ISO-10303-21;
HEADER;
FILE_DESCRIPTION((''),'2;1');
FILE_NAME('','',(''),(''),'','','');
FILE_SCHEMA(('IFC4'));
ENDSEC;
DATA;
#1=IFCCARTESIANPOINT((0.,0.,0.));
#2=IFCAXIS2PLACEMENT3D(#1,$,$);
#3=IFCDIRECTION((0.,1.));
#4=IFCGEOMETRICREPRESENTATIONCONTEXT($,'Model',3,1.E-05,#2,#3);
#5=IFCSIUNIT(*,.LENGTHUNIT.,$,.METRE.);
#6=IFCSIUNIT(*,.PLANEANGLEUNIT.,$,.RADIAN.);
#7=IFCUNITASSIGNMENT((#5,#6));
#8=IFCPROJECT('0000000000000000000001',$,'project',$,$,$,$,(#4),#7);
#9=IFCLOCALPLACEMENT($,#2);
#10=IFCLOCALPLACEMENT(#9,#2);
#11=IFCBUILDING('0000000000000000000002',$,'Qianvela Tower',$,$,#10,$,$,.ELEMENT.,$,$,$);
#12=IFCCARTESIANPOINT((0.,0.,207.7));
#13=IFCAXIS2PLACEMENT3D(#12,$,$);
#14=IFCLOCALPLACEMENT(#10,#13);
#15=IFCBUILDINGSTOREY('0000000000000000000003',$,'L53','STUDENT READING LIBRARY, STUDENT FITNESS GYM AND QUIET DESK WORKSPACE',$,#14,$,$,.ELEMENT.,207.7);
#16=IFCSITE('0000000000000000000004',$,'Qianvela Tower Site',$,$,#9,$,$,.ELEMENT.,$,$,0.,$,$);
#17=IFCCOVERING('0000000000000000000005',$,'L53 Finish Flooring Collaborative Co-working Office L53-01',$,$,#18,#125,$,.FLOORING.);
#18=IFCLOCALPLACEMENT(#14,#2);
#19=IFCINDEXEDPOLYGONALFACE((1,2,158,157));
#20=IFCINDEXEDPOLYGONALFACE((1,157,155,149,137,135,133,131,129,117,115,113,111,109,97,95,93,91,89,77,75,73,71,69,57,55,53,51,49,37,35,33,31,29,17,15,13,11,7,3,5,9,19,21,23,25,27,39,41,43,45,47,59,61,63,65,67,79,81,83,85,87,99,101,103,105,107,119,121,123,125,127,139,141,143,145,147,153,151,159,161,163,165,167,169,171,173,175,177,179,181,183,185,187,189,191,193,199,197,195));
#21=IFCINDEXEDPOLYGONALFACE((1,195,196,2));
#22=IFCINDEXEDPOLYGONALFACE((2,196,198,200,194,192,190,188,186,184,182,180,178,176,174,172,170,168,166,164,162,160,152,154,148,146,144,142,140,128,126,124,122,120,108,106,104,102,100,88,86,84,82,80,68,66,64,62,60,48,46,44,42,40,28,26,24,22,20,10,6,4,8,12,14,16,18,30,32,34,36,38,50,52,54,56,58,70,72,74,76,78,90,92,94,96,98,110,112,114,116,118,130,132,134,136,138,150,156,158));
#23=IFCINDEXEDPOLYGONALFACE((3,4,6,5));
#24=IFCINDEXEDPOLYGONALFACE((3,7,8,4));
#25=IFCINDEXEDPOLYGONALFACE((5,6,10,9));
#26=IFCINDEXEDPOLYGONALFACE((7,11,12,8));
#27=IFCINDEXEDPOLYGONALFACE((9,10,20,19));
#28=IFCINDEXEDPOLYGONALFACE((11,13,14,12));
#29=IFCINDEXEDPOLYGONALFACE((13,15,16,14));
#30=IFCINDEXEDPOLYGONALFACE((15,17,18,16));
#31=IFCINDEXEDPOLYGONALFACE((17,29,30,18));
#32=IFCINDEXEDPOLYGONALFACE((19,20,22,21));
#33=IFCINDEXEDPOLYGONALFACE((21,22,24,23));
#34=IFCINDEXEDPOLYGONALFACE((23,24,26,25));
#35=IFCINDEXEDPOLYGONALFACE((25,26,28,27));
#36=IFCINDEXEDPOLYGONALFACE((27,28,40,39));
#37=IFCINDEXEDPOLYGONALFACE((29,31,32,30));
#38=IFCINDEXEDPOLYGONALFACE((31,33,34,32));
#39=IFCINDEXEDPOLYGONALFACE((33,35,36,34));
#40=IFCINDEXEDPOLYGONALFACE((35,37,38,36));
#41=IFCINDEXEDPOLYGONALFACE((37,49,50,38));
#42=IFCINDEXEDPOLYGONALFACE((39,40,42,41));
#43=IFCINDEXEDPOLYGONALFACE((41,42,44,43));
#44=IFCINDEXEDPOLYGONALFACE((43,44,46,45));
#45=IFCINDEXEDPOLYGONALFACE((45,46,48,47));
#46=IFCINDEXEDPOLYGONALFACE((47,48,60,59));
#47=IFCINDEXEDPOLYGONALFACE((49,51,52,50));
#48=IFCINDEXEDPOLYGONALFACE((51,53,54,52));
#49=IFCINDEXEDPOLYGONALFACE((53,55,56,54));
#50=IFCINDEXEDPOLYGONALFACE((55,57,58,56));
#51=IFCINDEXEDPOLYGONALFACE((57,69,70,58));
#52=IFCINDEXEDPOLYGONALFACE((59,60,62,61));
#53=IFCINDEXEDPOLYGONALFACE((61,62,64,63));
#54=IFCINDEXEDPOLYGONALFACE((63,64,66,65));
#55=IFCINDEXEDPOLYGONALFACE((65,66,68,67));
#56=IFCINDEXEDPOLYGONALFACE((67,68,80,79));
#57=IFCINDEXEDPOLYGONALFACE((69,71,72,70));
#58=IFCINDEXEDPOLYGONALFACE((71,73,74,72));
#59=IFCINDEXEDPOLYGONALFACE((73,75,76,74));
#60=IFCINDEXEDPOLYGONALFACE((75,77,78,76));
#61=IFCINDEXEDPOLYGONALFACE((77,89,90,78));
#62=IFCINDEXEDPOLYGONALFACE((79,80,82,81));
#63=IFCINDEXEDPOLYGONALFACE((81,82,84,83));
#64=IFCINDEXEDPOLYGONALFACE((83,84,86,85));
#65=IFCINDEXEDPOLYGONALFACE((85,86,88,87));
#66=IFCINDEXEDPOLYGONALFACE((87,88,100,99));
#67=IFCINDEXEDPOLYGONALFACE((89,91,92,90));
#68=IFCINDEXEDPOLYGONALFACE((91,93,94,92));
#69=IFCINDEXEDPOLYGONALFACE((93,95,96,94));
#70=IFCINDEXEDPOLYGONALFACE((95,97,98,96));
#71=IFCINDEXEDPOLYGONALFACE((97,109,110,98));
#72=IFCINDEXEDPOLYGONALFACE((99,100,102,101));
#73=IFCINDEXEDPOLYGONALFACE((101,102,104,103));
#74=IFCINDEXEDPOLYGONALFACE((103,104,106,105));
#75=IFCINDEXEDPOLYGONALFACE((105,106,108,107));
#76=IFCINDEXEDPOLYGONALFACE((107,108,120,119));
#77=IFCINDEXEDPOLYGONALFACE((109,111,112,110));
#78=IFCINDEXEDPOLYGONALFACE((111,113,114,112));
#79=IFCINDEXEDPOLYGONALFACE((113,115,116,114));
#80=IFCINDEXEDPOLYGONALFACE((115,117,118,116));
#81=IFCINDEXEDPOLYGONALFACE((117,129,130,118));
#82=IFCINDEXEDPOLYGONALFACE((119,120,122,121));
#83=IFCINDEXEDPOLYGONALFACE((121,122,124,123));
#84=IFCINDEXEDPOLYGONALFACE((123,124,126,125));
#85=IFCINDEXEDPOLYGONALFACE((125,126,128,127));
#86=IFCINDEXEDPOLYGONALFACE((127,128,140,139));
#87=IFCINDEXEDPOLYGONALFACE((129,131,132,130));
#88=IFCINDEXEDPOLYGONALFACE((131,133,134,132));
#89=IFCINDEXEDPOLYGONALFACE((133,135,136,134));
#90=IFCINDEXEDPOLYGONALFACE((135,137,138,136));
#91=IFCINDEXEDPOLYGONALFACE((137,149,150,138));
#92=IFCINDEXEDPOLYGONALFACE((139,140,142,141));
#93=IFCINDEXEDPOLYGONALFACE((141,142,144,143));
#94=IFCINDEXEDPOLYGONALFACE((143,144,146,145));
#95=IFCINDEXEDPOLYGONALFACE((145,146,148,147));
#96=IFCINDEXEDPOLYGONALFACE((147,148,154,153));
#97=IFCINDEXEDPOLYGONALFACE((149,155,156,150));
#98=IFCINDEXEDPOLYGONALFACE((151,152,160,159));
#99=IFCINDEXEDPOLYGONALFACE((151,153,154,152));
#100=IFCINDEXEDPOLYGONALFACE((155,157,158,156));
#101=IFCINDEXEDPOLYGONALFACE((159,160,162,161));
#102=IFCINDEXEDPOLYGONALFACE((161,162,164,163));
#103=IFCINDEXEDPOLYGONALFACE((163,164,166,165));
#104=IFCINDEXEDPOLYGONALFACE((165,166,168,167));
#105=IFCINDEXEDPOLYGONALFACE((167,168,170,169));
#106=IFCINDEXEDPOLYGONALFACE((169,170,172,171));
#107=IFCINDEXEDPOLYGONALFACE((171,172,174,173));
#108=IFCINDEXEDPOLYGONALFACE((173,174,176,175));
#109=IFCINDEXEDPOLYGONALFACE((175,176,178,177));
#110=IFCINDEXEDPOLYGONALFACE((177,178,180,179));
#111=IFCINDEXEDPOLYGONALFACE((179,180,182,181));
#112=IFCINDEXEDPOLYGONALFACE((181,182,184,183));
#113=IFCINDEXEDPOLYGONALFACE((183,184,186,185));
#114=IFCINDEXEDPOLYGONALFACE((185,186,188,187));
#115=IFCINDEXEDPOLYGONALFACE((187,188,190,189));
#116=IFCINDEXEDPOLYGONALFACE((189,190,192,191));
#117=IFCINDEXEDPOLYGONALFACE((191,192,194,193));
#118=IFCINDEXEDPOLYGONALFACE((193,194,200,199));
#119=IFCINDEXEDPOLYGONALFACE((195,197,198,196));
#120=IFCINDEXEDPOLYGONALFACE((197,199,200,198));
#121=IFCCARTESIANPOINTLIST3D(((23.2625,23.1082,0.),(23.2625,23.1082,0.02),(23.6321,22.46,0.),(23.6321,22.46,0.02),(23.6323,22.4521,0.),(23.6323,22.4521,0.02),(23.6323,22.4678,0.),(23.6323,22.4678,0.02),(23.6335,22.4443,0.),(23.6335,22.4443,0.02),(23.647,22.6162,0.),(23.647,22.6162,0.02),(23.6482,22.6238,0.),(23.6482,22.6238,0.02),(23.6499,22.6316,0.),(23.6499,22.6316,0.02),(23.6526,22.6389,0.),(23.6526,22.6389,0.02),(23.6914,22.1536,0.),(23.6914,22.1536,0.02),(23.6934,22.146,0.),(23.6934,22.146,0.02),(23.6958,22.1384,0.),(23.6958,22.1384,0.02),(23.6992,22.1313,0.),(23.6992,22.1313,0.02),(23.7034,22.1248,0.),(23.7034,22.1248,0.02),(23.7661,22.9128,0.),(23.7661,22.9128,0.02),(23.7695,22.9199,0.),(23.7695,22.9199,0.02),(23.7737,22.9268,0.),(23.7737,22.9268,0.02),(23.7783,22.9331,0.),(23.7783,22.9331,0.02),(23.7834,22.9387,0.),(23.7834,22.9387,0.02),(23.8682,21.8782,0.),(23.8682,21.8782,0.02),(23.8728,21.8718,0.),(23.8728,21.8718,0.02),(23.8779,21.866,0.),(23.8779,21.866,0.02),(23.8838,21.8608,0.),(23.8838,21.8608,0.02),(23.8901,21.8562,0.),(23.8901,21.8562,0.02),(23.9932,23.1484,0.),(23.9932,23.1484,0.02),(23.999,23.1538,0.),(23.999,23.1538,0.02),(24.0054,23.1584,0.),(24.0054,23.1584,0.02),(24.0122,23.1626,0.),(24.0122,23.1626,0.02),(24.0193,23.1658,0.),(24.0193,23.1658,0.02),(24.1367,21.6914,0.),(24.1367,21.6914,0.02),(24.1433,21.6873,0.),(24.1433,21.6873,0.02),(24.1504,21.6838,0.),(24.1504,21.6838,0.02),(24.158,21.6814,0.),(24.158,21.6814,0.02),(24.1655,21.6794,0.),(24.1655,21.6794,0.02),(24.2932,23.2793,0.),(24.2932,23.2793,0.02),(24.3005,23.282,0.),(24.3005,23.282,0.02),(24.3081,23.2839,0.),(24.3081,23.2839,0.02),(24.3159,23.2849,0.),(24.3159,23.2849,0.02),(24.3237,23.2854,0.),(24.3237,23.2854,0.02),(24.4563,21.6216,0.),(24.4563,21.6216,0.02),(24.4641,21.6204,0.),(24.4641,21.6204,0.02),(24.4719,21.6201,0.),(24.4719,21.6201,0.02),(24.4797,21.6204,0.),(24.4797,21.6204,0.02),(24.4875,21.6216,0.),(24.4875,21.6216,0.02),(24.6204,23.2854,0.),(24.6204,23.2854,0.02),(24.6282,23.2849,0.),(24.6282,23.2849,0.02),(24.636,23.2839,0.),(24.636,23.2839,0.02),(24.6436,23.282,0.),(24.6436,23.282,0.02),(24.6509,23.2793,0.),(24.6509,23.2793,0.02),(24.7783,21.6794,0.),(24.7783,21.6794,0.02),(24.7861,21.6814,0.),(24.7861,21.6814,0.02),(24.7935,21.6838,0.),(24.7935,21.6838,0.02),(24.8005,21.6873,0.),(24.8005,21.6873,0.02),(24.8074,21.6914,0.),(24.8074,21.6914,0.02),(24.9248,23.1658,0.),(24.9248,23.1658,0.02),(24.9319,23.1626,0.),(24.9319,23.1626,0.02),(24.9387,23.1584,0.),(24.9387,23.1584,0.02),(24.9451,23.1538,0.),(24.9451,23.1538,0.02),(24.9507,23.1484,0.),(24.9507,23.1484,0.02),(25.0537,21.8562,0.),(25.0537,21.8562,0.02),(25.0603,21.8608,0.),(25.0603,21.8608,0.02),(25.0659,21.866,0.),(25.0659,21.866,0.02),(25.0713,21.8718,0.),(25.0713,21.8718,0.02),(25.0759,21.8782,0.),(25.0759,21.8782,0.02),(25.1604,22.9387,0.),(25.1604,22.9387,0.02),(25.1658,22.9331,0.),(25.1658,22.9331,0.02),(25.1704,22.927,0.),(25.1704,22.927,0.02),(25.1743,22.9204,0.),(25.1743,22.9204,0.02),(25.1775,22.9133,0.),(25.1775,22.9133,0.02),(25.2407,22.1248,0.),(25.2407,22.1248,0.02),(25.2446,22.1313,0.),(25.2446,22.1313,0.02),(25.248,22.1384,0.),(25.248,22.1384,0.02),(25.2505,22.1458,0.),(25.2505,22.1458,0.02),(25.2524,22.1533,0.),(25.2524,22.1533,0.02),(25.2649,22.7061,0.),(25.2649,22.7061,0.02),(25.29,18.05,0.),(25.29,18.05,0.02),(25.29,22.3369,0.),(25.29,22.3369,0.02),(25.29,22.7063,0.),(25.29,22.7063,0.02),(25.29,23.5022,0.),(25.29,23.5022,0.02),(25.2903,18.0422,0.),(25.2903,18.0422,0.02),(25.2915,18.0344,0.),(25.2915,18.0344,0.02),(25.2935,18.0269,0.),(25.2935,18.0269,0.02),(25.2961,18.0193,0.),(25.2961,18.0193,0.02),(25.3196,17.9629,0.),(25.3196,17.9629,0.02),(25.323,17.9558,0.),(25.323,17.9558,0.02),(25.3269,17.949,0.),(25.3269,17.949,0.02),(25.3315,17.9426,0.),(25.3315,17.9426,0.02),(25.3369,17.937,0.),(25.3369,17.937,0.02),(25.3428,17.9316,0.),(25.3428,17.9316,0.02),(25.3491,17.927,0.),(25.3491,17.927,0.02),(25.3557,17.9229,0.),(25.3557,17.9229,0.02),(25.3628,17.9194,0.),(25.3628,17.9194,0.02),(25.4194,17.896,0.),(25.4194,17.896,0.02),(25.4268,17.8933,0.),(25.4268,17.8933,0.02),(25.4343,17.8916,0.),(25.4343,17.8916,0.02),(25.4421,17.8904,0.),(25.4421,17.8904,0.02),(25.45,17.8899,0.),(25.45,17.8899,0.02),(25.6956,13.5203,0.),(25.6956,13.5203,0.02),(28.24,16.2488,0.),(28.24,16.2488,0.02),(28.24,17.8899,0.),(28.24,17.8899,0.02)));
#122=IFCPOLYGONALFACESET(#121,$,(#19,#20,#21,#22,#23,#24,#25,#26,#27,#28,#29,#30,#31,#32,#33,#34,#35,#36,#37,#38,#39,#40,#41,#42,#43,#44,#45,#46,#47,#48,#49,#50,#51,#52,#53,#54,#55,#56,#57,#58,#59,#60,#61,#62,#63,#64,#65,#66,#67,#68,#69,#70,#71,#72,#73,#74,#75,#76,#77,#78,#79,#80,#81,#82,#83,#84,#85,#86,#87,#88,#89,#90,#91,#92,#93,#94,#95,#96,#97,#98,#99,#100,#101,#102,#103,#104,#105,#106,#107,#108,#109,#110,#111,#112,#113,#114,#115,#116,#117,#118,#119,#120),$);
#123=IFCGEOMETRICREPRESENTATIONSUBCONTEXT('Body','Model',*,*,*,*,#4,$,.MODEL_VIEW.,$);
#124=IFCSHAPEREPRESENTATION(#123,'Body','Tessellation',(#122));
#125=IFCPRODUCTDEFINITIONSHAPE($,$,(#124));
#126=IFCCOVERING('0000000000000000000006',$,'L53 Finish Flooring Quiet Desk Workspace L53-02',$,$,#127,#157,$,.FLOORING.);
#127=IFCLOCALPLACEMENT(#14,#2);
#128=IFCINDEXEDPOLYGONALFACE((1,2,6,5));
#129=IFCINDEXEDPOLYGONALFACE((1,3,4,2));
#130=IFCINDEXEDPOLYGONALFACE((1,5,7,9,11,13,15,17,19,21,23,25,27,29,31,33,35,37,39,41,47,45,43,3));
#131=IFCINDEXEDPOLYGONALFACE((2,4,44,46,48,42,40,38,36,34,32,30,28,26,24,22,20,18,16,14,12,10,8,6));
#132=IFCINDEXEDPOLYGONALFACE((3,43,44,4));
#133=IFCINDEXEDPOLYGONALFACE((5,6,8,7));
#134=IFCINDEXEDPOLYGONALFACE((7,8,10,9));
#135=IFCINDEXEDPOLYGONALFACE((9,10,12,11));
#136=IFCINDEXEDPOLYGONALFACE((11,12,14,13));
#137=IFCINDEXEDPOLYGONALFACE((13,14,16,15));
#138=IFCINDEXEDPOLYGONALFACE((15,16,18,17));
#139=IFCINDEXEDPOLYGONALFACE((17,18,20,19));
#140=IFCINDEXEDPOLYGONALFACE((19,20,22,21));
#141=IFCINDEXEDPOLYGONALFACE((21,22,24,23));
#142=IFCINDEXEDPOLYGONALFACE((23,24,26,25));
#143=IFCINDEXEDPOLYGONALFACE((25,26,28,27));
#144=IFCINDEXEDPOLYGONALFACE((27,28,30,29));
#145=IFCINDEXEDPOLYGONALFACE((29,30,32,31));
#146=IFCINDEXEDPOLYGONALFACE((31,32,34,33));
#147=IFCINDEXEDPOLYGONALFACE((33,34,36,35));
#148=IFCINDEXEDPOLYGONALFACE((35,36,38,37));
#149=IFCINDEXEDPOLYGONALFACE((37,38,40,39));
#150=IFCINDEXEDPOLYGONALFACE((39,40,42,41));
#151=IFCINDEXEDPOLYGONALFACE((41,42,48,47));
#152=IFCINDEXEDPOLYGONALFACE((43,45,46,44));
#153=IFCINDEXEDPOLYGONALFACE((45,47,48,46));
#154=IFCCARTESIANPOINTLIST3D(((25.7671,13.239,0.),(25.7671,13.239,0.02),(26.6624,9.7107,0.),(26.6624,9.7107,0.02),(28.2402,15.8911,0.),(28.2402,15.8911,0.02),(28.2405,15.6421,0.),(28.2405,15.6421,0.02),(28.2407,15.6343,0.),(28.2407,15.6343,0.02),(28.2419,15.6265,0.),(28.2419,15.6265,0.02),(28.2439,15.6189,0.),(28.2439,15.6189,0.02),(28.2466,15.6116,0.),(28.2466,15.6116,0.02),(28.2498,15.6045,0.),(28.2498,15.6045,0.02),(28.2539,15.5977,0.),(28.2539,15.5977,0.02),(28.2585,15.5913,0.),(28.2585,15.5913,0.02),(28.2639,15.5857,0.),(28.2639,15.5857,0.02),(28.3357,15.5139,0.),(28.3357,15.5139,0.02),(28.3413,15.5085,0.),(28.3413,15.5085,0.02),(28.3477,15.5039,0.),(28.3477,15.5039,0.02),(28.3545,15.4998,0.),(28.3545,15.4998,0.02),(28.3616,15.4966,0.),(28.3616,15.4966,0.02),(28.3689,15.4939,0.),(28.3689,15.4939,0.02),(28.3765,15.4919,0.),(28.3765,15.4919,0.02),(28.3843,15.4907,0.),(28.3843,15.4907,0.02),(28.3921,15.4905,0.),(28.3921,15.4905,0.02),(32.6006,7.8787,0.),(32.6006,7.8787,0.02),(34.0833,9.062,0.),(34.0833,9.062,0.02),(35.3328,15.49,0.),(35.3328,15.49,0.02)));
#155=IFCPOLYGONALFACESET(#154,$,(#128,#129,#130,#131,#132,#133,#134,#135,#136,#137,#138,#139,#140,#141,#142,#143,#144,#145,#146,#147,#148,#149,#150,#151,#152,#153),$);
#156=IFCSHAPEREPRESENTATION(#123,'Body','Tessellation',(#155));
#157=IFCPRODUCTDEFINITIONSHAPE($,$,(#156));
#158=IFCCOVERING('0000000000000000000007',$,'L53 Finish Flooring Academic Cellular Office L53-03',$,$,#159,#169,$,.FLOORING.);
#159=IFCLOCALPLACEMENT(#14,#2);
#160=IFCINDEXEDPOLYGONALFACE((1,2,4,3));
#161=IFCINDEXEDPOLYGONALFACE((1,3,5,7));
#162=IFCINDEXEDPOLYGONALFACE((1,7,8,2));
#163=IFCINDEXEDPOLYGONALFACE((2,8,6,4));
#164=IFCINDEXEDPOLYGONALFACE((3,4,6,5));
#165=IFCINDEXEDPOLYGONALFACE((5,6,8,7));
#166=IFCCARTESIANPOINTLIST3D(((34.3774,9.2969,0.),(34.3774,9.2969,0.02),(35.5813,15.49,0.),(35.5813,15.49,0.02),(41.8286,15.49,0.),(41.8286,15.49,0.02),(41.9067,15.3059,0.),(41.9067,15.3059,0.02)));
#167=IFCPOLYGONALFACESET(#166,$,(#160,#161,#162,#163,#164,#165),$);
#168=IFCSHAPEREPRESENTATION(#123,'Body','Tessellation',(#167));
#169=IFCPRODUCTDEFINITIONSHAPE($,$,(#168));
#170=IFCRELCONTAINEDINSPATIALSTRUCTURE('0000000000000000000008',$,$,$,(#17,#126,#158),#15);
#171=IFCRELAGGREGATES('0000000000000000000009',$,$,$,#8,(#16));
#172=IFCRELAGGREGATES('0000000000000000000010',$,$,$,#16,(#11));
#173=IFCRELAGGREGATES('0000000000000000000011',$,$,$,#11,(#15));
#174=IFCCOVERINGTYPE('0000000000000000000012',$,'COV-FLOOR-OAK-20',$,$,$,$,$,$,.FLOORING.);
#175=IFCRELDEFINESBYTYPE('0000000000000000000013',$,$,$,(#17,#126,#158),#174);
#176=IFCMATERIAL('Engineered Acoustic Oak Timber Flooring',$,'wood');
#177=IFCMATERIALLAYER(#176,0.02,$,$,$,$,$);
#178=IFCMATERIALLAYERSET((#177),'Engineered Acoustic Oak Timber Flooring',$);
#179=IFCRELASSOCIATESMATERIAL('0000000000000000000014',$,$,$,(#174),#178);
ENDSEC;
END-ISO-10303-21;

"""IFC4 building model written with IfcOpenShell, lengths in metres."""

from ifc_helpers import new_model, si_unit, direction, frame, origin, place, context, subcontext, project, spatial, polyline, outline, extrude, material, layer, layer_set, type_object, element, save


model = new_model("IFC4")

# Units and contexts
model_context = context("Model", 3, precision=1e-05, world=origin(), true_north=direction((0.0, 1.0)))
body_context = subcontext(model_context, "Body", "Model", "MODEL_VIEW")
ifc_project = project(units=[si_unit("LENGTHUNIT", "METRE"), si_unit("PLANEANGLEUNIT", "RADIAN")], contexts=[model_context])

# Site, building, storey
site_placement = place(None, origin())
site = spatial("IfcSite", under=ifc_project, at=site_placement, Name="Qianvela Tower Site", CompositionType="ELEMENT", RefElevation=0.0)
building_placement = place(site_placement, origin())
building = spatial("IfcBuilding", under=site, at=building_placement, Name="Qianvela Tower", CompositionType="ELEMENT")
storey_placement = place(building_placement, frame((0.0, 0.0, 207.7)))
storey = spatial("IfcBuildingStorey", under=building, at=storey_placement, Name="L53", Description="STUDENT READING LIBRARY, STUDENT FITNESS GYM AND QUIET DESK WORKSPACE", CompositionType="ELEMENT", Elevation=207.7)

# Coverings
ifc_material_1 = material(Name="Engineered Acoustic Oak Timber Flooring", Category="wood")
ifc_layer_1 = layer(ifc_material_1, 0.02)
ifc_layer_set_1 = layer_set([ifc_layer_1], Name="Engineered Acoustic Oak Timber Flooring")
covering_type_1 = type_object("IfcCoveringType", Name="COV-FLOOR-OAK-20", PredefinedType="FLOORING", material=ifc_layer_set_1)
covering_1_placement = place(storey_placement, origin())
element("IfcCovering", 1, at=covering_1_placement, inside=storey, type_object=covering_type_1, Name="L53 Finish Flooring Collaborative Co-working Office L53-01", PredefinedType="FLOORING", context=body_context, shape_type="SweptSolid", body=[
    extrude(outline(polyline([(25.29, 22.3369), (25.29, 18.05), (25.2903, 18.0422), (25.2915, 18.0344), (25.2935, 18.0269), (25.2961, 18.0193), (25.3196, 17.9629), (25.323, 17.9558), (25.3269, 17.949), (25.3315, 17.9426), (25.3369, 17.937), (25.3428, 17.9316), (25.3491, 17.927), (25.3557, 17.9229), (25.3628, 17.9194), (25.4194, 17.896), (25.4268, 17.8933), (25.4343, 17.8916), (25.4421, 17.8904), (25.45, 17.8899), (28.24, 17.8899), (28.24, 16.2488), (25.6956, 13.5203), (23.2625, 23.1082), (25.29, 23.5022), (25.29, 22.7063), (25.2649, 22.7061), (25.1775, 22.9133), (25.1743, 22.9204), (25.1704, 22.927), (25.1658, 22.9331), (25.1604, 22.9387), (24.9507, 23.1484), (24.9451, 23.1538), (24.9387, 23.1584), (24.9319, 23.1626), (24.9248, 23.1658), (24.6509, 23.2793), (24.6436, 23.282), (24.636, 23.2839), (24.6282, 23.2849), (24.6204, 23.2854), (24.3237, 23.2854), (24.3159, 23.2849), (24.3081, 23.2839), (24.3005, 23.282), (24.2932, 23.2793), (24.0193, 23.1658), (24.0122, 23.1626), (24.0054, 23.1584), (23.999, 23.1538), (23.9932, 23.1484), (23.7834, 22.9387), (23.7783, 22.9331), (23.7737, 22.9268), (23.7695, 22.9199), (23.7661, 22.9128), (23.6526, 22.6389), (23.6499, 22.6316), (23.6482, 22.6238), (23.647, 22.6162), (23.6323, 22.4678), (23.6321, 22.46), (23.6323, 22.4521), (23.6335, 22.4443), (23.6914, 22.1536), (23.6934, 22.146), (23.6958, 22.1384), (23.6992, 22.1313), (23.7034, 22.1248), (23.8682, 21.8782), (23.8728, 21.8718), (23.8779, 21.866), (23.8838, 21.8608), (23.8901, 21.8562), (24.1367, 21.6914), (24.1433, 21.6873), (24.1504, 21.6838), (24.158, 21.6814), (24.1655, 21.6794), (24.4563, 21.6216), (24.4641, 21.6204), (24.4719, 21.6201), (24.4797, 21.6204), (24.4875, 21.6216), (24.7783, 21.6794), (24.7861, 21.6814), (24.7935, 21.6838), (24.8005, 21.6873), (24.8074, 21.6914), (25.0537, 21.8562), (25.0603, 21.8608), (25.0659, 21.866), (25.0713, 21.8718), (25.0759, 21.8782), (25.2407, 22.1248), (25.2446, 22.1313), (25.248, 22.1384), (25.2505, 22.1458), (25.2524, 22.1533), (25.29, 22.3369)])), origin(), (0.0, 0.0, 1.0), 0.02),
])
covering_2_placement = place(storey_placement, origin())
element("IfcCovering", 2, at=covering_2_placement, inside=storey, type_object=covering_type_1, Name="L53 Finish Flooring Quiet Desk Workspace L53-02", PredefinedType="FLOORING", context=body_context, shape_type="SweptSolid", body=[
    extrude(outline(polyline([(25.7671, 13.239), (28.2402, 15.8911), (28.2405, 15.6421), (28.2407, 15.6343), (28.2419, 15.6265), (28.2439, 15.6189), (28.2466, 15.6116), (28.2498, 15.6045), (28.2539, 15.5977), (28.2585, 15.5913), (28.2639, 15.5857), (28.3357, 15.5139), (28.3413, 15.5085), (28.3477, 15.5039), (28.3545, 15.4998), (28.3616, 15.4966), (28.3689, 15.4939), (28.3765, 15.4919), (28.3843, 15.4907), (28.3921, 15.4905), (35.3328, 15.49), (34.0833, 9.062), (32.6006, 7.8787), (26.6624, 9.7107), (25.7671, 13.239)])), origin(), (0.0, 0.0, 1.0), 0.02),
])
covering_3_placement = place(storey_placement, origin())
element("IfcCovering", 3, at=covering_3_placement, inside=storey, type_object=covering_type_1, Name="L53 Finish Flooring Academic Cellular Office L53-03", PredefinedType="FLOORING", context=body_context, shape_type="SweptSolid", body=[
    extrude(outline(polyline([(41.9067, 15.3059), (34.3774, 9.2969), (35.5813, 15.49), (41.8286, 15.49), (41.9067, 15.3059)])), origin(), (0.0, 0.0, 1.0), 0.02),
])

save(model, "model.ifc")
